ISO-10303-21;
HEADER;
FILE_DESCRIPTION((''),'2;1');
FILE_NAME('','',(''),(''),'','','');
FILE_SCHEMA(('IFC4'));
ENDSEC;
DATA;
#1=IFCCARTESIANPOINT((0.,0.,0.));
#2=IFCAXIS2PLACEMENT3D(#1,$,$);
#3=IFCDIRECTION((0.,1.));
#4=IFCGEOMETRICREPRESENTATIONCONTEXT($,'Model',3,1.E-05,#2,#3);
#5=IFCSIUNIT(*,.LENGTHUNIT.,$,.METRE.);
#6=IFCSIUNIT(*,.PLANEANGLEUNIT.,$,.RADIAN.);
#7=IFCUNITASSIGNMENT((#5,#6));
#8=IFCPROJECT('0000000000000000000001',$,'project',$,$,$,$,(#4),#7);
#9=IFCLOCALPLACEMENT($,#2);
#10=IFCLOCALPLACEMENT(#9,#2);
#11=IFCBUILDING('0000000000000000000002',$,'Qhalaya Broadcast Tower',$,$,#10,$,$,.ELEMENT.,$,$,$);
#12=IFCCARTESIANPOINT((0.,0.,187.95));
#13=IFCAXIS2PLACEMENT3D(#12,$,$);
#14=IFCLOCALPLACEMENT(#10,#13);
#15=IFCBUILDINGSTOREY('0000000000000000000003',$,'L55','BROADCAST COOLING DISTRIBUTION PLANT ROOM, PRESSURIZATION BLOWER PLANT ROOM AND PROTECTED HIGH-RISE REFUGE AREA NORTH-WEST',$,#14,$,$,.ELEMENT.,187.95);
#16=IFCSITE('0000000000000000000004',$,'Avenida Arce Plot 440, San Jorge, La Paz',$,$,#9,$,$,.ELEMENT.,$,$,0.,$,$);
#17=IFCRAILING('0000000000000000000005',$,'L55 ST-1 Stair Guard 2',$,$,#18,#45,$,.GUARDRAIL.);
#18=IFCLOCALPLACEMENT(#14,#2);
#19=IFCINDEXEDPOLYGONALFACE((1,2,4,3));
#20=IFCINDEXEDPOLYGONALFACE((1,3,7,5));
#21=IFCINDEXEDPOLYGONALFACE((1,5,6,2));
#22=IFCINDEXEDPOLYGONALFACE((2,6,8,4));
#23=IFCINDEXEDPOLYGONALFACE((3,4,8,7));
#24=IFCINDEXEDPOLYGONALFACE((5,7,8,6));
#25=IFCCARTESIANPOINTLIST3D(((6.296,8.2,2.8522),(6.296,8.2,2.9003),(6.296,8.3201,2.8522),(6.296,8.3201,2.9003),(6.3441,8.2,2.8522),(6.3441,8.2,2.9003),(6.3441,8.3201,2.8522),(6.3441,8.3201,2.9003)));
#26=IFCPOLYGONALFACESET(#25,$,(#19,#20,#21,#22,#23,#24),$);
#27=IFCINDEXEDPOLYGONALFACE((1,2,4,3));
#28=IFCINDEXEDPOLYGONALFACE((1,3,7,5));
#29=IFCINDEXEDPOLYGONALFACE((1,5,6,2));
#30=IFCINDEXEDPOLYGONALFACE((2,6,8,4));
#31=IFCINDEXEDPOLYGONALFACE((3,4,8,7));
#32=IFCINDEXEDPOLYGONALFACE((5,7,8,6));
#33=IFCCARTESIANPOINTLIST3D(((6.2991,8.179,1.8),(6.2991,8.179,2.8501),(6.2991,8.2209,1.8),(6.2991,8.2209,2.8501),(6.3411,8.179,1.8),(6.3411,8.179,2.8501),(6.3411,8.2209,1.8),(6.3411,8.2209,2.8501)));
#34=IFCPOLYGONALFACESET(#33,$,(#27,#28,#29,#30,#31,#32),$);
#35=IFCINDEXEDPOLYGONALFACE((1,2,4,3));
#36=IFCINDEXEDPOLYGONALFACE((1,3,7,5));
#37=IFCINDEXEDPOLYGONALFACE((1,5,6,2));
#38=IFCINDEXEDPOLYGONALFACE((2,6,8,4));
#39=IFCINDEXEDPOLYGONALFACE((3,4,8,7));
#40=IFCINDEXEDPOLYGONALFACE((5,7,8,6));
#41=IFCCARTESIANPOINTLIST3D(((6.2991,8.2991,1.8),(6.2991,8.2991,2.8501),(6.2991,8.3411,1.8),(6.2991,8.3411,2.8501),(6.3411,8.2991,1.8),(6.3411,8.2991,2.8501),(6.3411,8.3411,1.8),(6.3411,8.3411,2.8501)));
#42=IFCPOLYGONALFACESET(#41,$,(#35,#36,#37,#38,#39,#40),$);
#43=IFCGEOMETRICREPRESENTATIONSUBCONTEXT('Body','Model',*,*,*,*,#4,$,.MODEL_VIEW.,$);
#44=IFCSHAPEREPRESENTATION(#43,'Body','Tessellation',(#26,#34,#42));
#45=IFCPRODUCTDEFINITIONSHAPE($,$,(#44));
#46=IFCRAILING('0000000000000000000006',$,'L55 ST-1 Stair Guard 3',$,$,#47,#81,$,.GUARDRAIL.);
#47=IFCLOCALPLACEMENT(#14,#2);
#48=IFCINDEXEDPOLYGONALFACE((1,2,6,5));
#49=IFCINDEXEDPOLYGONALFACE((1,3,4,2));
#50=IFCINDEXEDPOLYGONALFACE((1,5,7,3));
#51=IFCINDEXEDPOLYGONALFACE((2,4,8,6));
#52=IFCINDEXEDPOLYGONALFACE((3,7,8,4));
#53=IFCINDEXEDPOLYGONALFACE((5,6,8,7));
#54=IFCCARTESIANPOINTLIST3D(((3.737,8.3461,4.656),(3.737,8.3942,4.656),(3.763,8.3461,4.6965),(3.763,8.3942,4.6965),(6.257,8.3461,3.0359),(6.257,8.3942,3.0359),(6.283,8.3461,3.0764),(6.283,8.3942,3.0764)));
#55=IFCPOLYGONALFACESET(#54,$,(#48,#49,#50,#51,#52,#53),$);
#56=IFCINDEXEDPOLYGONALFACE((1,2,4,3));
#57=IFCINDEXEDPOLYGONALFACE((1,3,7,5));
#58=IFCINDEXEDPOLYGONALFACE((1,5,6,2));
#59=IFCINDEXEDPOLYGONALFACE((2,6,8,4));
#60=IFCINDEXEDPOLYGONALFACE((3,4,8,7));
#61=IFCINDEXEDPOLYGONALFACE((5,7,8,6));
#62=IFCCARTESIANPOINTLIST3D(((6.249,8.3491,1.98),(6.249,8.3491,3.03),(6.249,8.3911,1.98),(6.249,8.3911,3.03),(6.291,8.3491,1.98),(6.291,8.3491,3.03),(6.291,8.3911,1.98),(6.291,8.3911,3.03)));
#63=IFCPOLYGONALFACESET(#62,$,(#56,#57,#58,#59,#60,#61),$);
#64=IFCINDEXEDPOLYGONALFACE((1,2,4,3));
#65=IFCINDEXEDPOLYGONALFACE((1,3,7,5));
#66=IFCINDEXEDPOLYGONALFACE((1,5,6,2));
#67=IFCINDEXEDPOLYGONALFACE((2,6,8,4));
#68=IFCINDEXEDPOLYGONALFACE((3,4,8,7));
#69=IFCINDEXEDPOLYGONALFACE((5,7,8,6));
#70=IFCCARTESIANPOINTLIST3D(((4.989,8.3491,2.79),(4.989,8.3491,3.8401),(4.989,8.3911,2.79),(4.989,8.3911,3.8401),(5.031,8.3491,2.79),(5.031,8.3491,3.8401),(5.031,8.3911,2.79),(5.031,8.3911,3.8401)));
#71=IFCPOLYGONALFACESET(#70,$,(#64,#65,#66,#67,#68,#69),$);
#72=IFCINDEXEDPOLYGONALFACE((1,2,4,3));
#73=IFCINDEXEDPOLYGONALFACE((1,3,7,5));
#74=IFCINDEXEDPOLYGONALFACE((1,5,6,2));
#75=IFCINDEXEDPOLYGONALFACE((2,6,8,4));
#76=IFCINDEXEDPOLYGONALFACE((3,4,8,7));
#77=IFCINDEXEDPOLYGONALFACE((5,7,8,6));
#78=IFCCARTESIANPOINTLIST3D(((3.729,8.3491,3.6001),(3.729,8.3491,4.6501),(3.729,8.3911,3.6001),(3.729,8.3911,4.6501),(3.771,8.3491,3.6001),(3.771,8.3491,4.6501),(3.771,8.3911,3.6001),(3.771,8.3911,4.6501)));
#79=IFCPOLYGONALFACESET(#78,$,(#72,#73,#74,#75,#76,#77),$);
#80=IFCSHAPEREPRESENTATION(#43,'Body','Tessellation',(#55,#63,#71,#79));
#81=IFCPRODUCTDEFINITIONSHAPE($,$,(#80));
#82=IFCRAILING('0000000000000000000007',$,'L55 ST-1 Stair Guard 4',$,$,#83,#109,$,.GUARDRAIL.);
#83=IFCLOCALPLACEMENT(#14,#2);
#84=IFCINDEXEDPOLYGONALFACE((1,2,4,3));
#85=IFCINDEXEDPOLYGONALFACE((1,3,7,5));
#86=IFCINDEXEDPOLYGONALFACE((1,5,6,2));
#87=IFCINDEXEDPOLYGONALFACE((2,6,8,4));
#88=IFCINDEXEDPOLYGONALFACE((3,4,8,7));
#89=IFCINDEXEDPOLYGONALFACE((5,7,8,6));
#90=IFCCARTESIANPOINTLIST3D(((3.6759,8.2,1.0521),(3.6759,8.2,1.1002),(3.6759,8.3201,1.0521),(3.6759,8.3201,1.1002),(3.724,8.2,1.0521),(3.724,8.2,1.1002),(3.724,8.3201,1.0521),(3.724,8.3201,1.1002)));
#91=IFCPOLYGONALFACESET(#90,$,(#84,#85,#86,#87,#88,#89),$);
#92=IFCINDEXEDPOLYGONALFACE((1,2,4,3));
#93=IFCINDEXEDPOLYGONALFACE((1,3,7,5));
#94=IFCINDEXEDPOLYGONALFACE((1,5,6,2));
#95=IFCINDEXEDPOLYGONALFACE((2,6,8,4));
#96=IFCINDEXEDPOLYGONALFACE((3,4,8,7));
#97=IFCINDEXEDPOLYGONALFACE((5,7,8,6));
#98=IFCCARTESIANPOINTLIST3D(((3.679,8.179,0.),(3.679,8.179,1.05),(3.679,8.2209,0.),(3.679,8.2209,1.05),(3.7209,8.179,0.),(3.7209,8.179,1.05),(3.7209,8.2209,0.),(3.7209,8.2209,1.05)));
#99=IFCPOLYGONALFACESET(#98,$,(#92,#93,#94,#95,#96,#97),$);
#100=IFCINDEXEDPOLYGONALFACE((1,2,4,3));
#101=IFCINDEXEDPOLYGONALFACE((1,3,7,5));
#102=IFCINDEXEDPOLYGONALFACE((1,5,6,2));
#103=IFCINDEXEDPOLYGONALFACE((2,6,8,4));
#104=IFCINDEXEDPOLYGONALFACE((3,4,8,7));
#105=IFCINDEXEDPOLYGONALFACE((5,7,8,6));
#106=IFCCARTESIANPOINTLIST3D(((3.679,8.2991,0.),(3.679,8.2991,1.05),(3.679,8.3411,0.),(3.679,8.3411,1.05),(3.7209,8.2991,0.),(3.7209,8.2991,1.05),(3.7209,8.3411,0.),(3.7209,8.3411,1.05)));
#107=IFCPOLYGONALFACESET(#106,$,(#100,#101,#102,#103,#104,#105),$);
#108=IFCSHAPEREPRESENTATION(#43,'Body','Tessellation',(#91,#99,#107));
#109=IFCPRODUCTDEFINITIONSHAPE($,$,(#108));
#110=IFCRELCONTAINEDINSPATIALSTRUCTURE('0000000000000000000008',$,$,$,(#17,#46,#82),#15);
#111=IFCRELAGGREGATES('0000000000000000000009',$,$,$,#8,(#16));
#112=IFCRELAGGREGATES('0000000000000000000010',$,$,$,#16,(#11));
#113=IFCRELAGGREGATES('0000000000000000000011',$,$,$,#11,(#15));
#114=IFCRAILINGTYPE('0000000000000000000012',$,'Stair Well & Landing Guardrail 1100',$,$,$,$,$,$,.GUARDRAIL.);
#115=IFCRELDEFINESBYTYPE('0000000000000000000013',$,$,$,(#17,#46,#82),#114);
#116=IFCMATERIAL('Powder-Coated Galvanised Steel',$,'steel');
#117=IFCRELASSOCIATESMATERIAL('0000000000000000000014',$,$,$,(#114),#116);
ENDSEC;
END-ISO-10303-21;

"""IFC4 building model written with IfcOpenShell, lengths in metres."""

from ifc_helpers import new_model, si_unit, direction, frame, origin, origin_2d, place, context, subcontext, project, spatial, rectangle, extrude, material, type_object, element, save


model = new_model("IFC4")

# Units and contexts
model_context = context("Model", 3, precision=1e-05, world=origin(), true_north=direction((0.0, 1.0)))
body_context = subcontext(model_context, "Body", "Model", "MODEL_VIEW")
ifc_project = project(units=[si_unit("LENGTHUNIT", "METRE"), si_unit("PLANEANGLEUNIT", "RADIAN")], contexts=[model_context])

# Site, building, storey
site_placement = place(None, origin())
site = spatial("IfcSite", under=ifc_project, at=site_placement, Name="Avenida Arce Plot 440, San Jorge, La Paz", CompositionType="ELEMENT", RefElevation=0.0)
building_placement = place(site_placement, origin())
building = spatial("IfcBuilding", under=site, at=building_placement, Name="Qhalaya Broadcast Tower", CompositionType="ELEMENT")
storey_placement = place(building_placement, frame((0.0, 0.0, 187.95)))
storey = spatial("IfcBuildingStorey", under=building, at=storey_placement, Name="L55", Description="BROADCAST COOLING DISTRIBUTION PLANT ROOM, PRESSURIZATION BLOWER PLANT ROOM AND PROTECTED HIGH-RISE REFUGE AREA NORTH-WEST", CompositionType="ELEMENT", Elevation=187.95)

# Railings
ifc_material_1 = material(Name="Powder-Coated Galvanised Steel", Category="steel")
railing_type_1 = type_object("IfcRailingType", Name="Stair Well & Landing Guardrail 1100", PredefinedType="GUARDRAIL", material=ifc_material_1)
railing_1_placement = place(storey_placement, frame((6.3201, 8.2, 1.8)))
element("IfcRailing", 1, at=railing_1_placement, inside=storey, type_object=railing_type_1, Name="L55 ST-1 Stair Guard 2", PredefinedType="GUARDRAIL", context=body_context, shape_type="SweptSolid", body=[
    extrude(rectangle(XDim=0.0481, YDim=0.0481, at=origin_2d()), frame((0.0, 0.0, 1.0762), z_axis=(0.0, 1.0, 0.0), x_axis=(-1.0, 0.0, 0.0)), (0.0, 0.0, 1.0), 0.1201),
    extrude(rectangle(XDim=0.042, YDim=0.042, at=origin_2d()), origin(), (0.0, 0.0, 1.0), 1.05),
    extrude(rectangle(XDim=0.042, YDim=0.042, at=origin_2d()), frame((0.0, 0.1201, 0.0)), (0.0, 0.0, 1.0), 1.05),
])
railing_2_placement = place(storey_placement, frame((6.27, 8.3701, 1.98)))
element("IfcRailing", 2, at=railing_2_placement, inside=storey, type_object=railing_type_1, Name="L55 ST-1 Stair Guard 3", PredefinedType="GUARDRAIL", context=body_context, shape_type="SweptSolid", body=[
    extrude(rectangle(XDim=0.0481, YDim=0.0481, at=origin_2d()), frame((0.0, 0.0, 1.0762), z_axis=(-0.841163, 0.0, 0.540782), x_axis=(0.0, -1.0, 0.0)), (0.0, 0.0, 1.0), 2.9958),
    extrude(rectangle(XDim=0.042, YDim=0.042, at=origin_2d()), origin(), (0.0, 0.0, 1.0), 1.05),
    extrude(rectangle(XDim=0.042, YDim=0.042, at=origin_2d()), frame((-1.26, 0.0, 0.8101)), (0.0, 0.0, 1.0), 1.05),
    extrude(rectangle(XDim=0.042, YDim=0.042, at=origin_2d()), frame((-2.52, 0.0, 1.6201)), (0.0, 0.0, 1.0), 1.05),
])
railing_3_placement = place(storey_placement, frame((3.7, 8.2, 0.0)))
element("IfcRailing", 3, at=railing_3_placement, inside=storey, type_object=railing_type_1, Name="L55 ST-1 Stair Guard 4", PredefinedType="GUARDRAIL", context=body_context, shape_type="SweptSolid", body=[
    extrude(rectangle(XDim=0.0481, YDim=0.0481, at=origin_2d()), frame((0.0, 0.0, 1.0762), z_axis=(0.0, 1.0, 0.0), x_axis=(-1.0, 0.0, 0.0)), (0.0, 0.0, 1.0), 0.1201),
    extrude(rectangle(XDim=0.042, YDim=0.042, at=origin_2d()), origin(), (0.0, 0.0, 1.0), 1.05),
    extrude(rectangle(XDim=0.042, YDim=0.042, at=origin_2d()), frame((0.0, 0.1201, 0.0)), (0.0, 0.0, 1.0), 1.05),
])

save(model, "model.ifc")
